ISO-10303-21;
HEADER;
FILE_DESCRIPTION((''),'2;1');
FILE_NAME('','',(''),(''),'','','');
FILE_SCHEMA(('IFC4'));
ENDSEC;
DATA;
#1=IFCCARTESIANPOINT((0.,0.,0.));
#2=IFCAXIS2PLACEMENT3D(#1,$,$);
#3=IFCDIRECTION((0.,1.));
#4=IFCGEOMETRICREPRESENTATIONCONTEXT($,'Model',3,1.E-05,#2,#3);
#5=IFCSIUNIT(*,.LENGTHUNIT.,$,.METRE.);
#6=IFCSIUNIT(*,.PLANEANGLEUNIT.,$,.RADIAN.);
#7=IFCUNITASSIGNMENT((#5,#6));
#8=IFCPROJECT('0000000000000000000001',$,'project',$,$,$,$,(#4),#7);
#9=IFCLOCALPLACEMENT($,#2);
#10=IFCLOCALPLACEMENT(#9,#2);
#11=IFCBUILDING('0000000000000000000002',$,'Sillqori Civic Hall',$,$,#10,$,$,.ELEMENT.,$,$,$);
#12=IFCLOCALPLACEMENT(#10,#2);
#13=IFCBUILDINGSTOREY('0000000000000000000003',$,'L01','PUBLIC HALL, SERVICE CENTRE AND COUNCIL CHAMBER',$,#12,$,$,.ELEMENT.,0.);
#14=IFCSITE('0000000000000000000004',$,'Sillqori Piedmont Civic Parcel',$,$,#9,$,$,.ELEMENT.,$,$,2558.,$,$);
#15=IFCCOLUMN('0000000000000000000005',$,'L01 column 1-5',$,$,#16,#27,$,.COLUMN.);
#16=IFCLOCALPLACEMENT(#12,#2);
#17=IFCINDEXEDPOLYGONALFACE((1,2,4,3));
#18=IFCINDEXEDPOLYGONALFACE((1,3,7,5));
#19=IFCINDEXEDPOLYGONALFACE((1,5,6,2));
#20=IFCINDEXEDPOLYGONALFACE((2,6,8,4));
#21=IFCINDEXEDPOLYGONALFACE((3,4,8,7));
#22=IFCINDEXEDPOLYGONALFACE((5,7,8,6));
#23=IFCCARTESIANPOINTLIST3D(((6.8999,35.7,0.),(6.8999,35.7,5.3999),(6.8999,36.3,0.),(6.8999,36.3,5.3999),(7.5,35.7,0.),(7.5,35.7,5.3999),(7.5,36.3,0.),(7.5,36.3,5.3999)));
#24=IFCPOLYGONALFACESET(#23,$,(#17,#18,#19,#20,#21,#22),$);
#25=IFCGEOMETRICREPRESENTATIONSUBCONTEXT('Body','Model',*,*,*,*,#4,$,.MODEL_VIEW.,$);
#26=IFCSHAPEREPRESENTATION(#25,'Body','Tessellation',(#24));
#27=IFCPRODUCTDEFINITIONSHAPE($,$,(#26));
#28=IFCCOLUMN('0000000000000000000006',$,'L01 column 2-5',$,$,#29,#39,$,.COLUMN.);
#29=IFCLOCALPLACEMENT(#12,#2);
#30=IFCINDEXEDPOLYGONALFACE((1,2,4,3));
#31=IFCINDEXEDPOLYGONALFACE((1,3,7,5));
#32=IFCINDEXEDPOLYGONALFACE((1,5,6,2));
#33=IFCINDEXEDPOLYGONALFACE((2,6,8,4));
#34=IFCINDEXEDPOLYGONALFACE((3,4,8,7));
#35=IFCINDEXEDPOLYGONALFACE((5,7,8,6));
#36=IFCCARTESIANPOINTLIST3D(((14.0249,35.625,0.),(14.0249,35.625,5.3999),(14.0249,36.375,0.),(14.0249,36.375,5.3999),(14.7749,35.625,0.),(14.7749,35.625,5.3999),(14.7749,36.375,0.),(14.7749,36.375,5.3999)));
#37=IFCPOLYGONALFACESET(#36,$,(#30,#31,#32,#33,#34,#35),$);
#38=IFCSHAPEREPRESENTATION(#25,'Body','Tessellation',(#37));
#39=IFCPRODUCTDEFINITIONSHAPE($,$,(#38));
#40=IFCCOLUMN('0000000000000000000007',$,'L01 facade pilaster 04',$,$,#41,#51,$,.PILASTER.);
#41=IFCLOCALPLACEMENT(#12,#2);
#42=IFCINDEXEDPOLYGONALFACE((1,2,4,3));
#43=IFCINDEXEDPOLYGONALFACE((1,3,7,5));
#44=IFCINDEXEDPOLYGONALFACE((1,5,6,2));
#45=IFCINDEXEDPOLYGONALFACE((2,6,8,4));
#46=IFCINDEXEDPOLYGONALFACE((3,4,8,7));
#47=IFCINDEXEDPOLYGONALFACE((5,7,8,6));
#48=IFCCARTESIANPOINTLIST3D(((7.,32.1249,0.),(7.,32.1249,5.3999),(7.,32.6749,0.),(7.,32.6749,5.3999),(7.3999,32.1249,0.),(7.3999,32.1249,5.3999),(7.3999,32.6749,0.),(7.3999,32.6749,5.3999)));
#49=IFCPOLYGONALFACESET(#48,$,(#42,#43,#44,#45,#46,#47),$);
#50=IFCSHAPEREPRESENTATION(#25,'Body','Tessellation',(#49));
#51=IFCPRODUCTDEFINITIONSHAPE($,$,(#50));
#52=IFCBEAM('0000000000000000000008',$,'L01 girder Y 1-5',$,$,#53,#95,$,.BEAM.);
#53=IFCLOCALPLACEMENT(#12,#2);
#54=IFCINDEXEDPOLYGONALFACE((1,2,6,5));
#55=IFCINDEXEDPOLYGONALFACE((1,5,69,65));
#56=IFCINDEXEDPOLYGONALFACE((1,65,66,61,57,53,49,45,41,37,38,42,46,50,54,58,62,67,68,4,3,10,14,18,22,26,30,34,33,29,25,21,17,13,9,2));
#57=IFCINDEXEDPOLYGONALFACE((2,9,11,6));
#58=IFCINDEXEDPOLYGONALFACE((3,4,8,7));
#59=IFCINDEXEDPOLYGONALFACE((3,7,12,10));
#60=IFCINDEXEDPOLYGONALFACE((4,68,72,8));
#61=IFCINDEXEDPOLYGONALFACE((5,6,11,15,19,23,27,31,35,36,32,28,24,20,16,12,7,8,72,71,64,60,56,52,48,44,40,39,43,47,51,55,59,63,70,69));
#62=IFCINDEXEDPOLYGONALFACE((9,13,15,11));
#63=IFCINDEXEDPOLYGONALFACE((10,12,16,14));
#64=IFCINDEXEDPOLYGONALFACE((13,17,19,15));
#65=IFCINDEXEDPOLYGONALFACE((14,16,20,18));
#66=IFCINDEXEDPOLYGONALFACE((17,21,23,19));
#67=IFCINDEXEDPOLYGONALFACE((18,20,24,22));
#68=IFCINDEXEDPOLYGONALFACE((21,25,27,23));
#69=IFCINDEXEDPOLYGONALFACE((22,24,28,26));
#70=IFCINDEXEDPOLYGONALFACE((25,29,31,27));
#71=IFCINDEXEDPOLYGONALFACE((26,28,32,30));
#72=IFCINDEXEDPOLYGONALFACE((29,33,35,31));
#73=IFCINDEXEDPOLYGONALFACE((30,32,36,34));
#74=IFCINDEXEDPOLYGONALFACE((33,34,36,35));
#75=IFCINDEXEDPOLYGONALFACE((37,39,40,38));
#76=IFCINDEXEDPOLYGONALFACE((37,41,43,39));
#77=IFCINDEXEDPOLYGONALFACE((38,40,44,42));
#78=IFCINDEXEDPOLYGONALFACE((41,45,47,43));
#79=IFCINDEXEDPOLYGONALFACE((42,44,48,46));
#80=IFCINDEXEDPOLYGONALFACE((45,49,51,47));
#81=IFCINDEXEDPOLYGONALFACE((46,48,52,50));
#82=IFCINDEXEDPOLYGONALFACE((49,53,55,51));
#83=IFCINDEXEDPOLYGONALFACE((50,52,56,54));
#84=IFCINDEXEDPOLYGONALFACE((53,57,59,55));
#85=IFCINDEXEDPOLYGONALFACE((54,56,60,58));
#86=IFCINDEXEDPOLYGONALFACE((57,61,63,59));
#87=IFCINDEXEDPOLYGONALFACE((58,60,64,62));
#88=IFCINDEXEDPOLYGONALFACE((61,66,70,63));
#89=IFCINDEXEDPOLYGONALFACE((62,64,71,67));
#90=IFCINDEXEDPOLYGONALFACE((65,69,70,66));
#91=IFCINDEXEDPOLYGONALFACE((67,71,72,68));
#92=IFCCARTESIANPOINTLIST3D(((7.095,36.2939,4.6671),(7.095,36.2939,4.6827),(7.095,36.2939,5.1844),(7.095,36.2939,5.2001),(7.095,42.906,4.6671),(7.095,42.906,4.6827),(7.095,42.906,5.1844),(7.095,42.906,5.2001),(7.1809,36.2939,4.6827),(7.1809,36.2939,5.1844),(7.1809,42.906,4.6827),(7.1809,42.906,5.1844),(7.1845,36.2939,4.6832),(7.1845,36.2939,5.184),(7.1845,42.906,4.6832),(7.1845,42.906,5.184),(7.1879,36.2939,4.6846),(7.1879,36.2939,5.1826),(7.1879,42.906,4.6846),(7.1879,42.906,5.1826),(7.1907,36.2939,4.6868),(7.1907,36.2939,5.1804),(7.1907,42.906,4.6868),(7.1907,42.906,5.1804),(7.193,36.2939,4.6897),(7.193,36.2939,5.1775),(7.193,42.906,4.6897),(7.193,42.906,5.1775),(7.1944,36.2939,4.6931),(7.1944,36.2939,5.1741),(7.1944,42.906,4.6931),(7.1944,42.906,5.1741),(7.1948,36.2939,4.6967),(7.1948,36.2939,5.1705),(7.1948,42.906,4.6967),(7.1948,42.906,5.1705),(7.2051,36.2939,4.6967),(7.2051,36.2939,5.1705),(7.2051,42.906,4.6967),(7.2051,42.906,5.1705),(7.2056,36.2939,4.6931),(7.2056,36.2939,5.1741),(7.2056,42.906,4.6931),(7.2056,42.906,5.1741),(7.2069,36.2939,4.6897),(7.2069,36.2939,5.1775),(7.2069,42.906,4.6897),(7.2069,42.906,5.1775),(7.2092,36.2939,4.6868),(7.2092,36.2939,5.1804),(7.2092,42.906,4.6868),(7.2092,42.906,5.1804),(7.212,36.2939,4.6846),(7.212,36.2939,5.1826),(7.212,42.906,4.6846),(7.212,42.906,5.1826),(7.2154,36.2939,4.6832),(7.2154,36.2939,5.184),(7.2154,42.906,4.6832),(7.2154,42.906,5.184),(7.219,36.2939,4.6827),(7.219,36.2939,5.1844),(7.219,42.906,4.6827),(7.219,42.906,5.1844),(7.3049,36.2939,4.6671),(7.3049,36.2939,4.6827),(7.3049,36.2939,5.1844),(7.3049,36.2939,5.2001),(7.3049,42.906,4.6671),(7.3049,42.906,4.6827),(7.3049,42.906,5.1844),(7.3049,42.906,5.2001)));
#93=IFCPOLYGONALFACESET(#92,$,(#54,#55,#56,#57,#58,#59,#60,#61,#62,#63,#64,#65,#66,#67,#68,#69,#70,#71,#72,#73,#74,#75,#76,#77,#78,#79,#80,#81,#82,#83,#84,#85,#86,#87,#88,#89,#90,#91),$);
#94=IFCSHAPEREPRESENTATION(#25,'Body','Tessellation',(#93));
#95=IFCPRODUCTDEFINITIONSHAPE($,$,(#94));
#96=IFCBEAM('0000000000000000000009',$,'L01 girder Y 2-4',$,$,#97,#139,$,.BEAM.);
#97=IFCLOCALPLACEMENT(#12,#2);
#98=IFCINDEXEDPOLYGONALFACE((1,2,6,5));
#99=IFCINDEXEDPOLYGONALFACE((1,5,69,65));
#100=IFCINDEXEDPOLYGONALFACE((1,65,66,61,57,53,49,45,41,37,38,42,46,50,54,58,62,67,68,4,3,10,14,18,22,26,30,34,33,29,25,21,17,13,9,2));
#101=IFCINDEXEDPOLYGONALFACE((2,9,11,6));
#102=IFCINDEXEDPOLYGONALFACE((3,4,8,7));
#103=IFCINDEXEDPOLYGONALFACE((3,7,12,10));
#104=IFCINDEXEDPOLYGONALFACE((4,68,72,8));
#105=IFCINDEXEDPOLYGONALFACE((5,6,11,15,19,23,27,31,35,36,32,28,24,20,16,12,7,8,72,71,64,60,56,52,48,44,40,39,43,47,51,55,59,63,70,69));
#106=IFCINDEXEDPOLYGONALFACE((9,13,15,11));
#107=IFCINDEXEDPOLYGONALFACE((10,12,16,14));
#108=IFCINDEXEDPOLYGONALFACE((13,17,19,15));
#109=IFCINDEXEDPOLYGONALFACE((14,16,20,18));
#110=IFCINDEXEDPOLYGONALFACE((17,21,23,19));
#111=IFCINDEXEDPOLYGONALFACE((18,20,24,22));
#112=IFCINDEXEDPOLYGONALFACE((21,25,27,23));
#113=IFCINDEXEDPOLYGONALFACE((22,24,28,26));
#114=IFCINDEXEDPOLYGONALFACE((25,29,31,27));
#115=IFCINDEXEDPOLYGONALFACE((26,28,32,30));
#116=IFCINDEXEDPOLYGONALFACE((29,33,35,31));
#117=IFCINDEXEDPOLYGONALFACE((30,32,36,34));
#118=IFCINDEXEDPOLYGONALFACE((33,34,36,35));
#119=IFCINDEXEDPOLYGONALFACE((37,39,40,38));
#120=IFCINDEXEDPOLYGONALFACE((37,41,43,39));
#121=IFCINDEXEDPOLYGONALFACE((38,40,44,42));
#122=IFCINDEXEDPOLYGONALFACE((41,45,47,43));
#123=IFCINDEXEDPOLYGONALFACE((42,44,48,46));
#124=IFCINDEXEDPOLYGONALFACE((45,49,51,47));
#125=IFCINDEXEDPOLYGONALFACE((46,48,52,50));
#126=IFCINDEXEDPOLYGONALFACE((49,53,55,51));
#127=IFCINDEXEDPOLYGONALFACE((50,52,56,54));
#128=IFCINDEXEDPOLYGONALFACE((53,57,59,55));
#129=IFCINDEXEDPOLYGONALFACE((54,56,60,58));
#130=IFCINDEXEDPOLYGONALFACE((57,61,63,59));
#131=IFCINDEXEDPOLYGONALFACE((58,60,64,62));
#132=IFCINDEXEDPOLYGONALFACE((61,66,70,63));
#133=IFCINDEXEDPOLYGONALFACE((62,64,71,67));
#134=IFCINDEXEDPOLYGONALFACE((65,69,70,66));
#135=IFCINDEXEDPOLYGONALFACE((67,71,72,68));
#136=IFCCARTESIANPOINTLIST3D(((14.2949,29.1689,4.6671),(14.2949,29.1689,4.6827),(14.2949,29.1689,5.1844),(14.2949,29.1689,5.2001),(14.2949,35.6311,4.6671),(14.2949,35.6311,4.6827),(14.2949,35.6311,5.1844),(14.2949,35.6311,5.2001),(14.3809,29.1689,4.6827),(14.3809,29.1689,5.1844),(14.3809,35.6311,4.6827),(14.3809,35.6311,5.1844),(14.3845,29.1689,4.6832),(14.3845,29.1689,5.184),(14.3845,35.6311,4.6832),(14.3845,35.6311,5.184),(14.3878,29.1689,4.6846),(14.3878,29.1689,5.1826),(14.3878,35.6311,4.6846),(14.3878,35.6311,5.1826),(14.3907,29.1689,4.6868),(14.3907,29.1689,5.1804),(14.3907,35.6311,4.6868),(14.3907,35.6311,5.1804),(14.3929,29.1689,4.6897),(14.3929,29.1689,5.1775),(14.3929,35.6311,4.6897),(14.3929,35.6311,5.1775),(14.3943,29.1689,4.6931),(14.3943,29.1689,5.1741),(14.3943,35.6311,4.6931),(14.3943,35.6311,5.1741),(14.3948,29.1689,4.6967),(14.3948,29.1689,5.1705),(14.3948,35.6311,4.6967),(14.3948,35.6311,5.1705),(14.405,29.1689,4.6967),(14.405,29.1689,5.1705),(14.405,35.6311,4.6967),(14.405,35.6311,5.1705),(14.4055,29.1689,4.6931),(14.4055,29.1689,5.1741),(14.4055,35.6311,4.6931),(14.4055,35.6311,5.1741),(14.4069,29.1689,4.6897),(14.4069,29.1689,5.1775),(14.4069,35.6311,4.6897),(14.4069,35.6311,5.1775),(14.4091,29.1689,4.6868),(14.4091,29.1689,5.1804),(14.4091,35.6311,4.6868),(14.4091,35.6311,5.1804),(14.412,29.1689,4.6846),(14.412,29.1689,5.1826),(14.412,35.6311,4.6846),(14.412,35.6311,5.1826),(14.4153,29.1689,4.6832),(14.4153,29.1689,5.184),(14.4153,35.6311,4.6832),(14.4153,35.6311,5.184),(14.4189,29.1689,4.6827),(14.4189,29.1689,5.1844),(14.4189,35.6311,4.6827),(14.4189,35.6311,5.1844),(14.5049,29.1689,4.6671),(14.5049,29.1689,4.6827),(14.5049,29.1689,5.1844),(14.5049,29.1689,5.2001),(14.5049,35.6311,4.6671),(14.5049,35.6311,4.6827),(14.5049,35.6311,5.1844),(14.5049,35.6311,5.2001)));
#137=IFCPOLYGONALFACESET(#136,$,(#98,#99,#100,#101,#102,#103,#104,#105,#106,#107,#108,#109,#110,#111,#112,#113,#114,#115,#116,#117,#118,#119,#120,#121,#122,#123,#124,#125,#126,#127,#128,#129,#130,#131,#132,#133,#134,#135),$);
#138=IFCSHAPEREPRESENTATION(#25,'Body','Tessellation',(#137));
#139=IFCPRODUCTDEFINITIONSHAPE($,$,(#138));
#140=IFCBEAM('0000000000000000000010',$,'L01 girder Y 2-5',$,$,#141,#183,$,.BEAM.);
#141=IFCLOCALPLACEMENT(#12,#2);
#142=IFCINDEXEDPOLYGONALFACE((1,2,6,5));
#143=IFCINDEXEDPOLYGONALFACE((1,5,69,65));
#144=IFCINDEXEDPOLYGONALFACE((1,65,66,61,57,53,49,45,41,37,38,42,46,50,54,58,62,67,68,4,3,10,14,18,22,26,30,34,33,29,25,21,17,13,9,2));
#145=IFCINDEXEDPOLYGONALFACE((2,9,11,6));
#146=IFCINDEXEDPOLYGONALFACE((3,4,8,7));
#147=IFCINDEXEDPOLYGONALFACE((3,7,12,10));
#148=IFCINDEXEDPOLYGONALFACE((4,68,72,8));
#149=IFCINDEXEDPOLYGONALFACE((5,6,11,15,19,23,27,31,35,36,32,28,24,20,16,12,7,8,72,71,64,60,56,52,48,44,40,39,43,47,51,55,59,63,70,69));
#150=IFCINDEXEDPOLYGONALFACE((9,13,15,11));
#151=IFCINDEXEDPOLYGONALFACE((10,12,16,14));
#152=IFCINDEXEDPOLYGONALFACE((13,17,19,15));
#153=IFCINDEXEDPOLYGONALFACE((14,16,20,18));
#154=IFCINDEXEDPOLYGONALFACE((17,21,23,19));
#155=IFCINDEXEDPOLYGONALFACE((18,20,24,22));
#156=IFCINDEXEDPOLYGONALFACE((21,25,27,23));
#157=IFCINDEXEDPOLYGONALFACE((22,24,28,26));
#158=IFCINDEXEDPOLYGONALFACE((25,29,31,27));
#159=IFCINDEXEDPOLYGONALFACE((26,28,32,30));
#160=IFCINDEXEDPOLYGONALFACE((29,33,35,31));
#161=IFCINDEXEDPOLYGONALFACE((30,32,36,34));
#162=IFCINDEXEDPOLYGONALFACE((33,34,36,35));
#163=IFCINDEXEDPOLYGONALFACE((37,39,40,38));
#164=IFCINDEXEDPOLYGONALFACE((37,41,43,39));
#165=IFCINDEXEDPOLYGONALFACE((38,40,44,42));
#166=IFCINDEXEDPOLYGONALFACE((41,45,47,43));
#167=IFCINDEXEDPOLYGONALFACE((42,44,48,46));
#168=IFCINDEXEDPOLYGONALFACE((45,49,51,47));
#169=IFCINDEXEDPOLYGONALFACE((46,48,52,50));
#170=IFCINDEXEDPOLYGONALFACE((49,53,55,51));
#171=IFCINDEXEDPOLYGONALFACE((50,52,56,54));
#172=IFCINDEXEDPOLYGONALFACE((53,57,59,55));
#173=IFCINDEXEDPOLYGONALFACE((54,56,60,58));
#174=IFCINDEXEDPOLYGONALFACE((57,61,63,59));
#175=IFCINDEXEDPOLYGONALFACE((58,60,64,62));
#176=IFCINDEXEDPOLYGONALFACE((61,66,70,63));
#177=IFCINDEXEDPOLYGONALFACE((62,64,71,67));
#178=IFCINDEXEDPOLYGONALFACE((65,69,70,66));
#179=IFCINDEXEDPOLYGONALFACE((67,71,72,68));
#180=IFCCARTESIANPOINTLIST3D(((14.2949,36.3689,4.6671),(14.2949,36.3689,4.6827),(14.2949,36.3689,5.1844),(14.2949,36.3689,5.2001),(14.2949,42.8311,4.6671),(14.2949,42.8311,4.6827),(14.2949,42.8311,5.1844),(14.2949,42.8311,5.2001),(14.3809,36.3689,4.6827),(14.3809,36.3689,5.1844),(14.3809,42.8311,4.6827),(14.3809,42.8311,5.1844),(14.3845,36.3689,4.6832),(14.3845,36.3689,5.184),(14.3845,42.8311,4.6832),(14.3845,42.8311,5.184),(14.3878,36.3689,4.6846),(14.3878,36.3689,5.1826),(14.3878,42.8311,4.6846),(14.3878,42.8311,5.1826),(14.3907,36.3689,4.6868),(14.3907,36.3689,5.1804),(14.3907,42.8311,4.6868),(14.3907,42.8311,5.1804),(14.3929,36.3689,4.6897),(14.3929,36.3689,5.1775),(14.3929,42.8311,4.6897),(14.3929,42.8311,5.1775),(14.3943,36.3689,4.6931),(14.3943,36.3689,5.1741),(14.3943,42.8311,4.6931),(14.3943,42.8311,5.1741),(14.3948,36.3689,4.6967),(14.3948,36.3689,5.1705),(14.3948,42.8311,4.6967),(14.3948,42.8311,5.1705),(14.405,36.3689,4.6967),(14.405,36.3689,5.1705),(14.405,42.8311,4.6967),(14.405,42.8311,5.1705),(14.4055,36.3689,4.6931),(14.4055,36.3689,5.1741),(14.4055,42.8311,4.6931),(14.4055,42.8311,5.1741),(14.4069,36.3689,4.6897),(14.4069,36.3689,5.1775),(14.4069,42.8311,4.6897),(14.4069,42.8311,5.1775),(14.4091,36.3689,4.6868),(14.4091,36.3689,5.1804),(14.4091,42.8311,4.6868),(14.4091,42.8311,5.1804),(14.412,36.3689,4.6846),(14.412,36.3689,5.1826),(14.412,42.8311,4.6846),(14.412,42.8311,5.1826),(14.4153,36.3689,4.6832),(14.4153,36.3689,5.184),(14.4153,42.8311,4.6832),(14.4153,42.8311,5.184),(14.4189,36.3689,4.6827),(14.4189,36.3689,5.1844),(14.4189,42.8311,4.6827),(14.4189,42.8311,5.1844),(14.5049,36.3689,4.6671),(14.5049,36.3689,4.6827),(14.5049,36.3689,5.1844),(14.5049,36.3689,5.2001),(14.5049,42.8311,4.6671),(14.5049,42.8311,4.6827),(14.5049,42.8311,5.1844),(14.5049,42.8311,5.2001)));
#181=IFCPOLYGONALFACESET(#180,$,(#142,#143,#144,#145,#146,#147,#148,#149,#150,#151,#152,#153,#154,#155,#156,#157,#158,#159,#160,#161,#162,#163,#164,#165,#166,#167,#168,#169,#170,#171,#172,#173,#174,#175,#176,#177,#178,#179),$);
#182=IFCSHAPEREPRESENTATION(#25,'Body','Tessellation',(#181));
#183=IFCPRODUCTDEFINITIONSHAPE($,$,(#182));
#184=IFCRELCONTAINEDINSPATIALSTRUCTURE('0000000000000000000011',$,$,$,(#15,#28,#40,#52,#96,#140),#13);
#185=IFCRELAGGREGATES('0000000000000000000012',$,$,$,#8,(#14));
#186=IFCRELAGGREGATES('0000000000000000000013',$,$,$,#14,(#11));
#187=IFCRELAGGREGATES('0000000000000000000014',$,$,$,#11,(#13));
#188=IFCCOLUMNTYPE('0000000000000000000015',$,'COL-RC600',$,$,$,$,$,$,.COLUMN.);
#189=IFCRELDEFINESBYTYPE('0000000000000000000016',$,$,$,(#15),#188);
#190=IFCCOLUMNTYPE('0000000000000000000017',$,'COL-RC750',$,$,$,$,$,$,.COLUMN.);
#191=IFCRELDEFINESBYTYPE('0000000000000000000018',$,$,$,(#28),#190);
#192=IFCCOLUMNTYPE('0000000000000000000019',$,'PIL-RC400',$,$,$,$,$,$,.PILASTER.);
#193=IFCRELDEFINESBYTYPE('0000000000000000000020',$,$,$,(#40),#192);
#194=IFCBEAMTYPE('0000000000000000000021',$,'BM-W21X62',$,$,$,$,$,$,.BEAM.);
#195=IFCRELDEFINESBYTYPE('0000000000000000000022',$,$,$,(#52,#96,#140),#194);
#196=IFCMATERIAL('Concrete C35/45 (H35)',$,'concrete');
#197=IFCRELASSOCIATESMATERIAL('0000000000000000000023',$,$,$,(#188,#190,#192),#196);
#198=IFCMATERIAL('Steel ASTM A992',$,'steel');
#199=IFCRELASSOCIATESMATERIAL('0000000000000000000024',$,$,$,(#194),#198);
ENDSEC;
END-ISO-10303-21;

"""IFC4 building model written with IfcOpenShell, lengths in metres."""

from ifc_helpers import new_model, si_unit, direction, frame, origin, origin_2d, place, context, subcontext, project, spatial, rectangle, i_section, extrude, material, material_profile, profile_set, type_object, element, save


model = new_model("IFC4")

# Units and contexts
model_context = context("Model", 3, precision=1e-05, world=origin(), true_north=direction((0.0, 1.0)))
body_context = subcontext(model_context, "Body", "Model", "MODEL_VIEW")
ifc_project = project(units=[si_unit("LENGTHUNIT", "METRE"), si_unit("PLANEANGLEUNIT", "RADIAN")], contexts=[model_context])

# Site, building, storey
site_placement = place(None, origin())
site = spatial("IfcSite", under=ifc_project, at=site_placement, Name="Sillqori Piedmont Civic Parcel", CompositionType="ELEMENT", RefElevation=2558.0)
building_placement = place(site_placement, origin())
building = spatial("IfcBuilding", under=site, at=building_placement, Name="Sillqori Civic Hall", CompositionType="ELEMENT")
storey_placement = place(building_placement, origin())
storey = spatial("IfcBuildingStorey", under=building, at=storey_placement, Name="L01", Description="PUBLIC HALL, SERVICE CENTRE AND COUNCIL CHAMBER", CompositionType="ELEMENT", Elevation=0.0)

# Columns
ifc_material_1 = material(Name="Concrete C35/45 (H35)", Category="concrete")
ifc_material_profile_1 = material_profile(ifc_material_1, rectangle(XDim=0.6001, YDim=0.6001, at=origin_2d()), Name="RC 600x600")
ifc_profile_set_1 = profile_set([ifc_material_profile_1], Name="Concrete C35/45 (H35)")
column_type_1 = type_object("IfcColumnType", Name="COL-RC600", PredefinedType="COLUMN", material=ifc_profile_set_1)
column_1_placement = place(storey_placement, frame((7.2, 36.0, 0.0), z_axis=(0.0, 0.0, 1.0), x_axis=(1.0, 0.0, 0.0)))
element("IfcColumn", 1, at=column_1_placement, inside=storey, type_object=column_type_1, Name="L01 column 1-5", PredefinedType="COLUMN", context=body_context, shape_type="SweptSolid", body=[
    extrude(rectangle(XDim=0.6001, YDim=0.6001, at=origin_2d()), origin(), (0.0, 0.0, 1.0), 5.3999),
])
ifc_material_profile_2 = material_profile(ifc_material_1, rectangle(XDim=0.75, YDim=0.75, at=origin_2d()), Name="RC 750x750")
ifc_profile_set_2 = profile_set([ifc_material_profile_2], Name="Concrete C35/45 (H35)")
column_type_2 = type_object("IfcColumnType", Name="COL-RC750", PredefinedType="COLUMN", material=ifc_profile_set_2)
column_2_placement = place(storey_placement, frame((14.3999, 36.0, 0.0), z_axis=(0.0, 0.0, 1.0), x_axis=(1.0, 0.0, 0.0)))
element("IfcColumn", 2, at=column_2_placement, inside=storey, type_object=column_type_2, Name="L01 column 2-5", PredefinedType="COLUMN", context=body_context, shape_type="SweptSolid", body=[
    extrude(rectangle(XDim=0.75, YDim=0.75, at=origin_2d()), origin(), (0.0, 0.0, 1.0), 5.3999),
])
ifc_material_profile_3 = material_profile(ifc_material_1, rectangle(XDim=0.3999, YDim=0.55, at=origin_2d()), Name="RC 400x550")
ifc_profile_set_3 = profile_set([ifc_material_profile_3], Name="Concrete C35/45 (H35)")
column_type_3 = type_object("IfcColumnType", Name="PIL-RC400", PredefinedType="PILASTER", material=ifc_profile_set_3)
column_3_placement = place(storey_placement, frame((7.2, 32.3999, 0.0), z_axis=(0.0, 0.0, 1.0), x_axis=(1.0, 0.0, 0.0)))
element("IfcColumn", 3, at=column_3_placement, inside=storey, type_object=column_type_3, Name="L01 facade pilaster 04", PredefinedType="PILASTER", context=body_context, shape_type="SweptSolid", body=[
    extrude(rectangle(XDim=0.3999, YDim=0.55, at=origin_2d()), origin(), (0.0, 0.0, 1.0), 5.3999),
])

# Beams
ifc_material_2 = material(Name="Steel ASTM A992", Category="steel")
ifc_material_profile_4 = material_profile(ifc_material_2, i_section(OverallWidth=0.21, OverallDepth=0.533, WebThickness=0.0103, FlangeThickness=0.0156, FilletRadius=0.0139, at=origin_2d()), Name="W21X62")
ifc_profile_set_4 = profile_set([ifc_material_profile_4], Name="Steel ASTM A992")
beam_type_1 = type_object("IfcBeamType", Name="BM-W21X62", PredefinedType="BEAM", material=ifc_profile_set_4)
beam_1_placement = place(storey_placement, frame((7.2, 36.2939, 4.9336), z_axis=(0.0, 1.0, 0.0), x_axis=(-1.0, 0.0, 0.0)))
element("IfcBeam", 4, at=beam_1_placement, inside=storey, type_object=beam_type_1, Name="L01 girder Y 1-5", PredefinedType="BEAM", context=body_context, shape_type="SweptSolid", body=[
    extrude(i_section(OverallWidth=0.21, OverallDepth=0.533, WebThickness=0.0103, FlangeThickness=0.0156, FilletRadius=0.0139, at=origin_2d()), origin(), (0.0, 0.0, 1.0), 6.6121),
])
for number, where, z_axis, x_axis, name in (
    (5, (14.3999, 29.1689, 4.9336), (0.0, 1.0, 0.0), (-1.0, 0.0, 0.0), "L01 girder Y 2-4"),
    (6, (14.3999, 36.3689, 4.9336), (0.0, 1.0, 0.0), (-1.0, 0.0, 0.0), "L01 girder Y 2-5"),
):
    element("IfcBeam", number, at=place(storey_placement, frame(where, z_axis=z_axis, x_axis=x_axis)), inside=storey, type_object=beam_type_1, Name=name, PredefinedType="BEAM", context=body_context, shape_type="SweptSolid", body=[
        extrude(i_section(OverallWidth=0.21, OverallDepth=0.533, WebThickness=0.0103, FlangeThickness=0.0156, FilletRadius=0.0139, at=origin_2d()), origin(), (0.0, 0.0, 1.0), 6.4622),
    ])

save(model, "model.ifc")
